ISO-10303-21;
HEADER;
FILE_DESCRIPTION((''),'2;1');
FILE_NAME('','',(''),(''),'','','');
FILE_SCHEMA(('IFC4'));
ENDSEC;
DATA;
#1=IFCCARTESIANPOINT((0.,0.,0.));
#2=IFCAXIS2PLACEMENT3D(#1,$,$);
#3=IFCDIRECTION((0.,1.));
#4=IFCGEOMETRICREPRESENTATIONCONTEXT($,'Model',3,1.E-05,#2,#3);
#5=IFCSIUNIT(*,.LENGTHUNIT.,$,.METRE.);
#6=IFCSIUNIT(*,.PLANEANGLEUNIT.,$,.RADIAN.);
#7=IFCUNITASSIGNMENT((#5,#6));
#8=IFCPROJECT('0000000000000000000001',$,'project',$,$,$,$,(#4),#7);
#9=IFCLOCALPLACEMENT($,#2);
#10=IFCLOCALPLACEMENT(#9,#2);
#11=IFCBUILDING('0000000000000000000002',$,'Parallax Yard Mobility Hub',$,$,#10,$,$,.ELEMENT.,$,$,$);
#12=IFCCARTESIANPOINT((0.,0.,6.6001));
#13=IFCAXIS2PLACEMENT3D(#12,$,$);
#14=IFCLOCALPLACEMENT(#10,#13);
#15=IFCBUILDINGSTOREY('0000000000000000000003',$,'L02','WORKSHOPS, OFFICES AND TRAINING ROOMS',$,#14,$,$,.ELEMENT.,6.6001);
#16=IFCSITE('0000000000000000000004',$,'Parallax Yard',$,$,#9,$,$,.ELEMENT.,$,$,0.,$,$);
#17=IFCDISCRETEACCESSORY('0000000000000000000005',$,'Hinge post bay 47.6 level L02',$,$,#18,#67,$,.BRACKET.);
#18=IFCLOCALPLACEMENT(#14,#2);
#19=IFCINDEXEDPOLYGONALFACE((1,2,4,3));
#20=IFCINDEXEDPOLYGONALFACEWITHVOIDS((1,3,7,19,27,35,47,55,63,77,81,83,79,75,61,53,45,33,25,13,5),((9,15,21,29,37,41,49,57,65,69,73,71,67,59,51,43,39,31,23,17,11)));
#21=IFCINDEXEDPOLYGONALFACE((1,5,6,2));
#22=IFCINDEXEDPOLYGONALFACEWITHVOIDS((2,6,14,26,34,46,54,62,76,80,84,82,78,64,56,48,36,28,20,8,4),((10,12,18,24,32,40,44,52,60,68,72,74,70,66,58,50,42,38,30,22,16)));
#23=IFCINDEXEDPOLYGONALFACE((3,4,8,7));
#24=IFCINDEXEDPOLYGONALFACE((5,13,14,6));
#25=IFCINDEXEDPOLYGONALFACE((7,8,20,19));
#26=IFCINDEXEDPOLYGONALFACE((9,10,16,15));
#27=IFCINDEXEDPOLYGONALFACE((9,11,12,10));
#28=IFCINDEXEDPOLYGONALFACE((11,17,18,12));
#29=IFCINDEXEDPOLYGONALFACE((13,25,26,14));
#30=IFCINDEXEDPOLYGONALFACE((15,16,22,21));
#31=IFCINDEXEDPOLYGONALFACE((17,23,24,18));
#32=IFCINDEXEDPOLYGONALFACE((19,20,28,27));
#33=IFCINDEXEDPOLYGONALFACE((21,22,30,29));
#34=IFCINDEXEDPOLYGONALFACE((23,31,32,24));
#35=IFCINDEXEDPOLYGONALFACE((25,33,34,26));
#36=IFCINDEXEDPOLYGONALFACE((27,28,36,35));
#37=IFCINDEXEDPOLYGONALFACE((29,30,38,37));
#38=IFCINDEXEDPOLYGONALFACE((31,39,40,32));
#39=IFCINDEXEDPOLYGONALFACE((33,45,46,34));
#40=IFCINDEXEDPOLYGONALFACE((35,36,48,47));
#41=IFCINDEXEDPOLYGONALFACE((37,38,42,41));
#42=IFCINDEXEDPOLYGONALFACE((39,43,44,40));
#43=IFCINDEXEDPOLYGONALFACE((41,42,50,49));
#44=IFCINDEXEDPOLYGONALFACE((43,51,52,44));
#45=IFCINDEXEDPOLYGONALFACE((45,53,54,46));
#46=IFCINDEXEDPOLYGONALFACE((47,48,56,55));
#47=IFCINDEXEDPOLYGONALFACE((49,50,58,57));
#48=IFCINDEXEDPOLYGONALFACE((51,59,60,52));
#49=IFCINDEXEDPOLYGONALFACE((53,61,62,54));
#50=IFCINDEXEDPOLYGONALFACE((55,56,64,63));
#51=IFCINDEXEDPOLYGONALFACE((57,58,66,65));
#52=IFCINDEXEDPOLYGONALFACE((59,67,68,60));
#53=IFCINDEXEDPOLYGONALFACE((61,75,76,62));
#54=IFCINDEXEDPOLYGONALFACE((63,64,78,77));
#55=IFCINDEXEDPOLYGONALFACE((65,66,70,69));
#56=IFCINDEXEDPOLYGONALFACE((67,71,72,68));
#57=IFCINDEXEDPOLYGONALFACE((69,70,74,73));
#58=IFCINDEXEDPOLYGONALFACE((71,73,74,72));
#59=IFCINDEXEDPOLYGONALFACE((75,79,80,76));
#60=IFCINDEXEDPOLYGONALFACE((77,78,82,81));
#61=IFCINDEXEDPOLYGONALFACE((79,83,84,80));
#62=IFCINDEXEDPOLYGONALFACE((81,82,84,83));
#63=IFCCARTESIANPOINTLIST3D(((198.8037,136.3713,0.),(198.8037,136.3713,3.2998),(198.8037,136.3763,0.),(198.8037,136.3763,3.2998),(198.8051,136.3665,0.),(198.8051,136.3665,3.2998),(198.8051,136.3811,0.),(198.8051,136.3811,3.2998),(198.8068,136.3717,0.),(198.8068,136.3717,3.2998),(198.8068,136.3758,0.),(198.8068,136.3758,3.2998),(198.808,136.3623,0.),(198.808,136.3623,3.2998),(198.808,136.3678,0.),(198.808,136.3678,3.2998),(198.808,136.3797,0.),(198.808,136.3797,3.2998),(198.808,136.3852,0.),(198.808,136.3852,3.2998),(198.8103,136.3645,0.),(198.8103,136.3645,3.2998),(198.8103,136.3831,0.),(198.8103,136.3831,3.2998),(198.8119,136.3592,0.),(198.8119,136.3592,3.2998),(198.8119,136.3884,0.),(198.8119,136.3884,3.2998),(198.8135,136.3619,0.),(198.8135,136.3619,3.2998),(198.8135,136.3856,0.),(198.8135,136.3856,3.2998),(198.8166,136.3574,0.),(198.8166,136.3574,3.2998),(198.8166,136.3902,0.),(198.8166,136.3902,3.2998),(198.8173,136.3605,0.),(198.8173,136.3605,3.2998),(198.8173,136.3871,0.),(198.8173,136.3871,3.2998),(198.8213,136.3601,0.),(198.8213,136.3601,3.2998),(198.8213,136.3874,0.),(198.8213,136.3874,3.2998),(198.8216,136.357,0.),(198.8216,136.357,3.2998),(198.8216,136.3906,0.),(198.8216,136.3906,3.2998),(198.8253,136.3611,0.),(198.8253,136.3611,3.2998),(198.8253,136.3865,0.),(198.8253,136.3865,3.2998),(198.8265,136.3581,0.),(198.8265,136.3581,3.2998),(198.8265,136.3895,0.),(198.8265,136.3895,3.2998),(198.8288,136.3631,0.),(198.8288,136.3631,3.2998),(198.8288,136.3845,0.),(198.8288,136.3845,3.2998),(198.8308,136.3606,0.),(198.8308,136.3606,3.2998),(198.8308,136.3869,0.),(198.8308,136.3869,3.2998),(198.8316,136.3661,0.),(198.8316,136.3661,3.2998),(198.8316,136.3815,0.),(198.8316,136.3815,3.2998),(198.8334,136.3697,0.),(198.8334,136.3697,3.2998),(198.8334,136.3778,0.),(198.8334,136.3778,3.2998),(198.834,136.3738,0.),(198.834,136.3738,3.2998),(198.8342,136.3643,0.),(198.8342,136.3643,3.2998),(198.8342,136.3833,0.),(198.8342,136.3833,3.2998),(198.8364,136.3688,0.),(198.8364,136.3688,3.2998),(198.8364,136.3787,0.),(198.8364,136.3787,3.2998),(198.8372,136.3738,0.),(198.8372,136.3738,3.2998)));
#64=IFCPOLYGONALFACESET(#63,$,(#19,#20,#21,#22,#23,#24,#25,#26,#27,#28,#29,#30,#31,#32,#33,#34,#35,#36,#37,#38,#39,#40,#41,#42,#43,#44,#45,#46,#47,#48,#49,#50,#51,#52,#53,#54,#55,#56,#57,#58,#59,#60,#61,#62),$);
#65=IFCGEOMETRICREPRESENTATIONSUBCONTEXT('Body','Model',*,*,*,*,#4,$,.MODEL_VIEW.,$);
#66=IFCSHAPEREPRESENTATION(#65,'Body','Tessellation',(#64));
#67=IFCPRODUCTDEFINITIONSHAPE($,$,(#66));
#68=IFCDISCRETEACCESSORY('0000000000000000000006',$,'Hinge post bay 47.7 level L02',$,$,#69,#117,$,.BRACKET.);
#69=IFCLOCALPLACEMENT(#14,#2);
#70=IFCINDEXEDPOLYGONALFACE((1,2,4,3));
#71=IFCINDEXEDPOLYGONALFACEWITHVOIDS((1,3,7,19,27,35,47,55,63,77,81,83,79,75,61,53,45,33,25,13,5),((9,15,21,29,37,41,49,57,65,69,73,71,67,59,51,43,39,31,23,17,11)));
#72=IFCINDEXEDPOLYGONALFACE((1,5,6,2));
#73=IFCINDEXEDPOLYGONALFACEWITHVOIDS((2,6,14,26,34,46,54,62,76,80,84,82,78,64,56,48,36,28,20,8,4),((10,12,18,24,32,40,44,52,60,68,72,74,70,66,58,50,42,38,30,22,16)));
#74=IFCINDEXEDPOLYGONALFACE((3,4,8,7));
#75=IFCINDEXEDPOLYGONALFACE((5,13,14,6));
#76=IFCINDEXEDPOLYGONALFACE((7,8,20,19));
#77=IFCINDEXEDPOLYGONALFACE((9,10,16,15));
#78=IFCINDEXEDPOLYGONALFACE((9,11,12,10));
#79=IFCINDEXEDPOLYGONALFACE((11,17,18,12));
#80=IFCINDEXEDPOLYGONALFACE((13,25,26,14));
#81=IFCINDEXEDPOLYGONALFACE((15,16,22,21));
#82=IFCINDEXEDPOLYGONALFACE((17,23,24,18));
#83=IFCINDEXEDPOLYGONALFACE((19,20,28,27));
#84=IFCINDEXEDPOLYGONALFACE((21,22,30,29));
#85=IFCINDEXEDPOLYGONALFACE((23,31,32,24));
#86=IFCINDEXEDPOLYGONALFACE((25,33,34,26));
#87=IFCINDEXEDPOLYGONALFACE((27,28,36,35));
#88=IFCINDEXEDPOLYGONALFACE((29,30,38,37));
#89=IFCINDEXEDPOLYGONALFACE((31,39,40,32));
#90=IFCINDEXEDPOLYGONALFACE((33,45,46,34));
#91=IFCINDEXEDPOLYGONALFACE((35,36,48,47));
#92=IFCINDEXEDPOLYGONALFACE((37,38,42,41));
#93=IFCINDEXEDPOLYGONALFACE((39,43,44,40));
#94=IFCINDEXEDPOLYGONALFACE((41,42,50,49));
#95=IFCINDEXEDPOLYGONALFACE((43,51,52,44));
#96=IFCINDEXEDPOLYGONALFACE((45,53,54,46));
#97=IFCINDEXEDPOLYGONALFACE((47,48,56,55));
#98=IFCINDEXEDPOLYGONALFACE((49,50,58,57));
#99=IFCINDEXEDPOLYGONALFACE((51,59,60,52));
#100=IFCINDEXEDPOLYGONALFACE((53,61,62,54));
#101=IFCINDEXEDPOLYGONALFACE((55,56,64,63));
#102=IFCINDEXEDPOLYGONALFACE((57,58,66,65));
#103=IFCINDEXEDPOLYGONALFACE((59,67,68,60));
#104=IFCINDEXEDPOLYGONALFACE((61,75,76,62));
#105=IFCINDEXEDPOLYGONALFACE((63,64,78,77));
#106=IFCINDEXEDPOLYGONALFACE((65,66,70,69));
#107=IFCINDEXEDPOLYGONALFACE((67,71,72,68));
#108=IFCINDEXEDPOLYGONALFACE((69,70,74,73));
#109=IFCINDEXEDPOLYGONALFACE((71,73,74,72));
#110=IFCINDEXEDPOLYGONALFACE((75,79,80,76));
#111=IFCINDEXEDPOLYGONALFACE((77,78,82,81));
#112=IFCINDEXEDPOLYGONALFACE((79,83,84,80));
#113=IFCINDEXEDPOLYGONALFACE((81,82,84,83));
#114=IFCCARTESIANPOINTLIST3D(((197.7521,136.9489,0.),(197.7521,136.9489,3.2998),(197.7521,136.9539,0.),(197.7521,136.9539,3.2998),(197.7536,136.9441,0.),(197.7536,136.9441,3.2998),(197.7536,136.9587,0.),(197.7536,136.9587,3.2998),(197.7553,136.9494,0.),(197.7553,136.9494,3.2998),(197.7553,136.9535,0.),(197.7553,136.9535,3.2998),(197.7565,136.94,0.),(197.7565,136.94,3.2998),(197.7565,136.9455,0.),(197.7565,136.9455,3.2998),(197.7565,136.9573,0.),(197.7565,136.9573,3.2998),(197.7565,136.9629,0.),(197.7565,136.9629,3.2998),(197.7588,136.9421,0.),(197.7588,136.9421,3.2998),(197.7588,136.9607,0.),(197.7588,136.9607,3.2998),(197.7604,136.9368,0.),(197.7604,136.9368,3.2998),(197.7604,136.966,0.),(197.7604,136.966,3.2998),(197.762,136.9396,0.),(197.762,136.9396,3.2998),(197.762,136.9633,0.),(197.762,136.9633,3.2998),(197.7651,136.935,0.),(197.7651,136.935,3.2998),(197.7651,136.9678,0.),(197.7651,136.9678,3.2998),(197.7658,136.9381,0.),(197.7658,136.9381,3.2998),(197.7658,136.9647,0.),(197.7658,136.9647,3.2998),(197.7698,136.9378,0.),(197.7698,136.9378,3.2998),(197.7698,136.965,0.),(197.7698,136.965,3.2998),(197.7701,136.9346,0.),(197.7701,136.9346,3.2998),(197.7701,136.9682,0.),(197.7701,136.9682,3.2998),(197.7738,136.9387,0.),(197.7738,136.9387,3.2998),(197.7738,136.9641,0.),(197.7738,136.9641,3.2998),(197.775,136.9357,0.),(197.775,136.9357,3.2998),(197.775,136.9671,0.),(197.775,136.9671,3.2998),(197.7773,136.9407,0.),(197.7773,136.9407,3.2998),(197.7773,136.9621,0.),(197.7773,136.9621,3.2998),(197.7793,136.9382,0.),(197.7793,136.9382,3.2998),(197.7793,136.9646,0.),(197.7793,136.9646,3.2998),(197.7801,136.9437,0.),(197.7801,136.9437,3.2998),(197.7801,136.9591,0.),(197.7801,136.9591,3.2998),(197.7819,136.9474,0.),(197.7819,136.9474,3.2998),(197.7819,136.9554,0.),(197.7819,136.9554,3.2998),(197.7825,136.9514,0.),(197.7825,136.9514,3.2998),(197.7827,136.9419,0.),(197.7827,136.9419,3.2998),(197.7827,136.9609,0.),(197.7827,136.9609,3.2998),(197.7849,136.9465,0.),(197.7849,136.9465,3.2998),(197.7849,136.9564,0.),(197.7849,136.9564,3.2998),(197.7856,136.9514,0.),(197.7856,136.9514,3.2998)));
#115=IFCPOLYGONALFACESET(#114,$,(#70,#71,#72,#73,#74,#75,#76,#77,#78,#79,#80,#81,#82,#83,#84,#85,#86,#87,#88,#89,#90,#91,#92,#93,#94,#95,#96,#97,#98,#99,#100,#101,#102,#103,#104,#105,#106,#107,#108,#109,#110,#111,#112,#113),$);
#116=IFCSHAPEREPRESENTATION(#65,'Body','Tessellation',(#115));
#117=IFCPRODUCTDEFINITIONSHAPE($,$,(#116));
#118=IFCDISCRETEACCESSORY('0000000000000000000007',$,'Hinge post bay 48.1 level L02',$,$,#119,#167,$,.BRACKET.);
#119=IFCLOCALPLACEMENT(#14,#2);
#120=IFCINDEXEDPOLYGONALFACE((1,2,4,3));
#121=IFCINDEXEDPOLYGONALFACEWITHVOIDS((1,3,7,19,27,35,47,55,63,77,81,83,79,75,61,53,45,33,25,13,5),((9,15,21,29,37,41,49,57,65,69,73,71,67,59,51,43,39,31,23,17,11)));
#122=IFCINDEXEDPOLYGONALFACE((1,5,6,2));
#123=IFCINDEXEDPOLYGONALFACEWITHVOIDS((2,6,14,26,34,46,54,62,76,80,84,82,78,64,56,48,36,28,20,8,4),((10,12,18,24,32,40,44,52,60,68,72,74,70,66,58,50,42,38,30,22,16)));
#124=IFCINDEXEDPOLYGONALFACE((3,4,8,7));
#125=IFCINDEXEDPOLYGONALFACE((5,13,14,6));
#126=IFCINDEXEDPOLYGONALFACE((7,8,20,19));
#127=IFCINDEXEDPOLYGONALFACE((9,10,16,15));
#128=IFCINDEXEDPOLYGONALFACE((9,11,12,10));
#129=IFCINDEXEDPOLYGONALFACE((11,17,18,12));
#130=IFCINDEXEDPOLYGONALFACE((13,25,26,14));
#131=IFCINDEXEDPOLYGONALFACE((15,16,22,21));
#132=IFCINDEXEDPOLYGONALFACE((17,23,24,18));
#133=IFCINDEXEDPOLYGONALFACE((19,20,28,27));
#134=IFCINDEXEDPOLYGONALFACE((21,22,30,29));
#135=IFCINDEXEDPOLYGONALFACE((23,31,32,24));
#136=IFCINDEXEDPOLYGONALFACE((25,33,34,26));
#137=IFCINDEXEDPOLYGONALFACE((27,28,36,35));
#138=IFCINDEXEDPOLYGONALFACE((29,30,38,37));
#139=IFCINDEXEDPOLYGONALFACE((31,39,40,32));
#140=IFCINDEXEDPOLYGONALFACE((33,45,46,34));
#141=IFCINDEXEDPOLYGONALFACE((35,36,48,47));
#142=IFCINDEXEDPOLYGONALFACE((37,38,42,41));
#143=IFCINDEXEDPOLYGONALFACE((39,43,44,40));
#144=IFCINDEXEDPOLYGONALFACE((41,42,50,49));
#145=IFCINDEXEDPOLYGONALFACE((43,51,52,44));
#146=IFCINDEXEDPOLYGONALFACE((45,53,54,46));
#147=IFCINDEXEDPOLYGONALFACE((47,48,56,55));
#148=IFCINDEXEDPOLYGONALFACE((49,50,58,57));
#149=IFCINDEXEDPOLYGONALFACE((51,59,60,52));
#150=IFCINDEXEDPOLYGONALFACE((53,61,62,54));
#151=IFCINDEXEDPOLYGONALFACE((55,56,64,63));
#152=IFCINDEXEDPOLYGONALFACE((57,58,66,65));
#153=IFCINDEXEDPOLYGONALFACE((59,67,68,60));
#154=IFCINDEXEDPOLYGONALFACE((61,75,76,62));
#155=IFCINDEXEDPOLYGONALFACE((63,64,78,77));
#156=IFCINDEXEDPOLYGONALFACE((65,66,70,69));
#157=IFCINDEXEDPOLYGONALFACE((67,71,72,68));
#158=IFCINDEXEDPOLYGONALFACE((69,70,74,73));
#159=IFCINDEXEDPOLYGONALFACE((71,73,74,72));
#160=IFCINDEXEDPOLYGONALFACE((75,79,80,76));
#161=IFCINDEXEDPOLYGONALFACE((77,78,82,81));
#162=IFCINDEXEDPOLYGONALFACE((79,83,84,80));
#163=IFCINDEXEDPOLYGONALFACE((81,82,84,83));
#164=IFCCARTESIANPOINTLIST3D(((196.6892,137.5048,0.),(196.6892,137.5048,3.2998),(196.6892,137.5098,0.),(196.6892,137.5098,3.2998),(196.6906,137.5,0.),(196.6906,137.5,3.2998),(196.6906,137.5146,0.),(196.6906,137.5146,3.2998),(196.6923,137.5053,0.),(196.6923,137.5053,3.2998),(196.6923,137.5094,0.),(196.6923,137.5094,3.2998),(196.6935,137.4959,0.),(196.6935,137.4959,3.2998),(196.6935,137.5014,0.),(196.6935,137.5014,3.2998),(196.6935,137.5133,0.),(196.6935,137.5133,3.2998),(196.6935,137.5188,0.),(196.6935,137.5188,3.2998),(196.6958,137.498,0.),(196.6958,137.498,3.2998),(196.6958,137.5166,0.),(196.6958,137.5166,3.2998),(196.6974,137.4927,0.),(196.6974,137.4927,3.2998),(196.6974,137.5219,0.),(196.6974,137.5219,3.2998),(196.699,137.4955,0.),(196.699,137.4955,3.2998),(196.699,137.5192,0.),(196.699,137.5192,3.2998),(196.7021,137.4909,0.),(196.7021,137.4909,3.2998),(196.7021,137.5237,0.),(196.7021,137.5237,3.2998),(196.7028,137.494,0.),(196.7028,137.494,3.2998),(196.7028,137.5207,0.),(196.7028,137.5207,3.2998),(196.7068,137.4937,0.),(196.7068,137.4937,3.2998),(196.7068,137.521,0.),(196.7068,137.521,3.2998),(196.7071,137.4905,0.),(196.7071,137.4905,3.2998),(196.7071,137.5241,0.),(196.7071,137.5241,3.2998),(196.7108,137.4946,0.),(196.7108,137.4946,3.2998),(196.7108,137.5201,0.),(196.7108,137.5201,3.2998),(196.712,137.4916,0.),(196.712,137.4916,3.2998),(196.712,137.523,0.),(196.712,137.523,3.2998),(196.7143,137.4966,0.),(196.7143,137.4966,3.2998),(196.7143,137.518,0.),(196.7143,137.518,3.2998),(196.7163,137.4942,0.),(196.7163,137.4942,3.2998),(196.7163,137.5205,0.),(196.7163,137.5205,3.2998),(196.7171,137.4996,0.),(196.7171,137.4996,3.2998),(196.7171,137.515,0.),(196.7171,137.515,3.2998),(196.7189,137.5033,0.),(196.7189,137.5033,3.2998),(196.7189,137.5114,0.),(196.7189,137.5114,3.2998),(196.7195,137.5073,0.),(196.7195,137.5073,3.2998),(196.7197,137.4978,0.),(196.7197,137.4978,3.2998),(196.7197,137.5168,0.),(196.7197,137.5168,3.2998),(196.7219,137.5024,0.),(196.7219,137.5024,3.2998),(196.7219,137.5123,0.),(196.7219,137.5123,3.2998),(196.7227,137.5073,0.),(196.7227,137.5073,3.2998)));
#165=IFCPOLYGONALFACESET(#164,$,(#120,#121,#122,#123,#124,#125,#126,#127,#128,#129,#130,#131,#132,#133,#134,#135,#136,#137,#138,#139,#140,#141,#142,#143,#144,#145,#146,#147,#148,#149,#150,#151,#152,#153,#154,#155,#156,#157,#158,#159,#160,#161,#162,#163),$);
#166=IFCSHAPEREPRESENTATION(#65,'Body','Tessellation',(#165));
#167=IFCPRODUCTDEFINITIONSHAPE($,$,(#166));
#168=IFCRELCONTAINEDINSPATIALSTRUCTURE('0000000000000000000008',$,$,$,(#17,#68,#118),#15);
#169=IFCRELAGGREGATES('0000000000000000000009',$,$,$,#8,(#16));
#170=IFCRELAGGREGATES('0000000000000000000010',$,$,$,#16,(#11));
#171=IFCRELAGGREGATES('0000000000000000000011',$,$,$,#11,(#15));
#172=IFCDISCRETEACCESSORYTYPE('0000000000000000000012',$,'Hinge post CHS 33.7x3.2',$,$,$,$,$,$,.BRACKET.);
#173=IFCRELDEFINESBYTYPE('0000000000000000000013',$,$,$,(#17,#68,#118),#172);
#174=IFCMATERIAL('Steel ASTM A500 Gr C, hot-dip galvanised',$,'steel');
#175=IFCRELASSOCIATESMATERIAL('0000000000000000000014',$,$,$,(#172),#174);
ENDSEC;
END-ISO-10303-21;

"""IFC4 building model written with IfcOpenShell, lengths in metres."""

from ifc_helpers import new_model, si_unit, direction, frame, origin, origin_2d, place, context, subcontext, project, spatial, hollow_circle, extrude, material, material_profile, profile_set, type_object, element, save


model = new_model("IFC4")

# Units and contexts
model_context = context("Model", 3, precision=1e-05, world=origin(), true_north=direction((0.0, 1.0)))
body_context = subcontext(model_context, "Body", "Model", "MODEL_VIEW")
ifc_project = project(units=[si_unit("LENGTHUNIT", "METRE"), si_unit("PLANEANGLEUNIT", "RADIAN")], contexts=[model_context])

# Site, building, storey
site_placement = place(None, origin())
site = spatial("IfcSite", under=ifc_project, at=site_placement, Name="Parallax Yard", CompositionType="ELEMENT", RefElevation=0.0)
building_placement = place(site_placement, origin())
building = spatial("IfcBuilding", under=site, at=building_placement, Name="Parallax Yard Mobility Hub", CompositionType="ELEMENT")
storey_placement = place(building_placement, frame((0.0, 0.0, 6.6001)))
storey = spatial("IfcBuildingStorey", under=building, at=storey_placement, Name="L02", Description="WORKSHOPS, OFFICES AND TRAINING ROOMS", CompositionType="ELEMENT", Elevation=6.6001)

# Discrete accessories
ifc_material_1 = material(Name="Steel ASTM A500 Gr C, hot-dip galvanised", Category="steel")
ifc_material_profile_1 = material_profile(ifc_material_1, hollow_circle(Radius=0.0168, WallThickness=0.0032, at=origin_2d()), Name="CHS 33.7x3.2")
ifc_profile_set_1 = profile_set([ifc_material_profile_1], Name="Steel ASTM A500 Gr C, hot-dip galvanised")
discrete_accessory_type_1 = type_object("IfcDiscreteAccessoryType", Name="Hinge post CHS 33.7x3.2", PredefinedType="BRACKET", material=ifc_profile_set_1)
for number, where, z_axis, x_axis, name in (
    (1, (198.8203, 136.3738, 0.0), (0.0, 0.0, 1.0), (1.0, 0.0, 0.0), "Hinge post bay 47.6 level L02"),
    (2, (197.7688, 136.9514, 0.0), (0.0, 0.0, 1.0), (1.0, 0.0, 0.0), "Hinge post bay 47.7 level L02"),
    (3, (196.7058, 137.5073, 0.0), (0.0, 0.0, 1.0), (1.0, 0.0, 0.0), "Hinge post bay 48.1 level L02"),
):
    element("IfcDiscreteAccessory", number, at=place(storey_placement, frame(where, z_axis=z_axis, x_axis=x_axis)), inside=storey, type_object=discrete_accessory_type_1, Name=name, PredefinedType="BRACKET", context=body_context, shape_type="SweptSolid", body=[
        extrude(hollow_circle(Radius=0.0168, WallThickness=0.0032, at=origin_2d()), origin(), (0.0, 0.0, 1.0), 3.2998),
    ])

save(model, "model.ifc")
